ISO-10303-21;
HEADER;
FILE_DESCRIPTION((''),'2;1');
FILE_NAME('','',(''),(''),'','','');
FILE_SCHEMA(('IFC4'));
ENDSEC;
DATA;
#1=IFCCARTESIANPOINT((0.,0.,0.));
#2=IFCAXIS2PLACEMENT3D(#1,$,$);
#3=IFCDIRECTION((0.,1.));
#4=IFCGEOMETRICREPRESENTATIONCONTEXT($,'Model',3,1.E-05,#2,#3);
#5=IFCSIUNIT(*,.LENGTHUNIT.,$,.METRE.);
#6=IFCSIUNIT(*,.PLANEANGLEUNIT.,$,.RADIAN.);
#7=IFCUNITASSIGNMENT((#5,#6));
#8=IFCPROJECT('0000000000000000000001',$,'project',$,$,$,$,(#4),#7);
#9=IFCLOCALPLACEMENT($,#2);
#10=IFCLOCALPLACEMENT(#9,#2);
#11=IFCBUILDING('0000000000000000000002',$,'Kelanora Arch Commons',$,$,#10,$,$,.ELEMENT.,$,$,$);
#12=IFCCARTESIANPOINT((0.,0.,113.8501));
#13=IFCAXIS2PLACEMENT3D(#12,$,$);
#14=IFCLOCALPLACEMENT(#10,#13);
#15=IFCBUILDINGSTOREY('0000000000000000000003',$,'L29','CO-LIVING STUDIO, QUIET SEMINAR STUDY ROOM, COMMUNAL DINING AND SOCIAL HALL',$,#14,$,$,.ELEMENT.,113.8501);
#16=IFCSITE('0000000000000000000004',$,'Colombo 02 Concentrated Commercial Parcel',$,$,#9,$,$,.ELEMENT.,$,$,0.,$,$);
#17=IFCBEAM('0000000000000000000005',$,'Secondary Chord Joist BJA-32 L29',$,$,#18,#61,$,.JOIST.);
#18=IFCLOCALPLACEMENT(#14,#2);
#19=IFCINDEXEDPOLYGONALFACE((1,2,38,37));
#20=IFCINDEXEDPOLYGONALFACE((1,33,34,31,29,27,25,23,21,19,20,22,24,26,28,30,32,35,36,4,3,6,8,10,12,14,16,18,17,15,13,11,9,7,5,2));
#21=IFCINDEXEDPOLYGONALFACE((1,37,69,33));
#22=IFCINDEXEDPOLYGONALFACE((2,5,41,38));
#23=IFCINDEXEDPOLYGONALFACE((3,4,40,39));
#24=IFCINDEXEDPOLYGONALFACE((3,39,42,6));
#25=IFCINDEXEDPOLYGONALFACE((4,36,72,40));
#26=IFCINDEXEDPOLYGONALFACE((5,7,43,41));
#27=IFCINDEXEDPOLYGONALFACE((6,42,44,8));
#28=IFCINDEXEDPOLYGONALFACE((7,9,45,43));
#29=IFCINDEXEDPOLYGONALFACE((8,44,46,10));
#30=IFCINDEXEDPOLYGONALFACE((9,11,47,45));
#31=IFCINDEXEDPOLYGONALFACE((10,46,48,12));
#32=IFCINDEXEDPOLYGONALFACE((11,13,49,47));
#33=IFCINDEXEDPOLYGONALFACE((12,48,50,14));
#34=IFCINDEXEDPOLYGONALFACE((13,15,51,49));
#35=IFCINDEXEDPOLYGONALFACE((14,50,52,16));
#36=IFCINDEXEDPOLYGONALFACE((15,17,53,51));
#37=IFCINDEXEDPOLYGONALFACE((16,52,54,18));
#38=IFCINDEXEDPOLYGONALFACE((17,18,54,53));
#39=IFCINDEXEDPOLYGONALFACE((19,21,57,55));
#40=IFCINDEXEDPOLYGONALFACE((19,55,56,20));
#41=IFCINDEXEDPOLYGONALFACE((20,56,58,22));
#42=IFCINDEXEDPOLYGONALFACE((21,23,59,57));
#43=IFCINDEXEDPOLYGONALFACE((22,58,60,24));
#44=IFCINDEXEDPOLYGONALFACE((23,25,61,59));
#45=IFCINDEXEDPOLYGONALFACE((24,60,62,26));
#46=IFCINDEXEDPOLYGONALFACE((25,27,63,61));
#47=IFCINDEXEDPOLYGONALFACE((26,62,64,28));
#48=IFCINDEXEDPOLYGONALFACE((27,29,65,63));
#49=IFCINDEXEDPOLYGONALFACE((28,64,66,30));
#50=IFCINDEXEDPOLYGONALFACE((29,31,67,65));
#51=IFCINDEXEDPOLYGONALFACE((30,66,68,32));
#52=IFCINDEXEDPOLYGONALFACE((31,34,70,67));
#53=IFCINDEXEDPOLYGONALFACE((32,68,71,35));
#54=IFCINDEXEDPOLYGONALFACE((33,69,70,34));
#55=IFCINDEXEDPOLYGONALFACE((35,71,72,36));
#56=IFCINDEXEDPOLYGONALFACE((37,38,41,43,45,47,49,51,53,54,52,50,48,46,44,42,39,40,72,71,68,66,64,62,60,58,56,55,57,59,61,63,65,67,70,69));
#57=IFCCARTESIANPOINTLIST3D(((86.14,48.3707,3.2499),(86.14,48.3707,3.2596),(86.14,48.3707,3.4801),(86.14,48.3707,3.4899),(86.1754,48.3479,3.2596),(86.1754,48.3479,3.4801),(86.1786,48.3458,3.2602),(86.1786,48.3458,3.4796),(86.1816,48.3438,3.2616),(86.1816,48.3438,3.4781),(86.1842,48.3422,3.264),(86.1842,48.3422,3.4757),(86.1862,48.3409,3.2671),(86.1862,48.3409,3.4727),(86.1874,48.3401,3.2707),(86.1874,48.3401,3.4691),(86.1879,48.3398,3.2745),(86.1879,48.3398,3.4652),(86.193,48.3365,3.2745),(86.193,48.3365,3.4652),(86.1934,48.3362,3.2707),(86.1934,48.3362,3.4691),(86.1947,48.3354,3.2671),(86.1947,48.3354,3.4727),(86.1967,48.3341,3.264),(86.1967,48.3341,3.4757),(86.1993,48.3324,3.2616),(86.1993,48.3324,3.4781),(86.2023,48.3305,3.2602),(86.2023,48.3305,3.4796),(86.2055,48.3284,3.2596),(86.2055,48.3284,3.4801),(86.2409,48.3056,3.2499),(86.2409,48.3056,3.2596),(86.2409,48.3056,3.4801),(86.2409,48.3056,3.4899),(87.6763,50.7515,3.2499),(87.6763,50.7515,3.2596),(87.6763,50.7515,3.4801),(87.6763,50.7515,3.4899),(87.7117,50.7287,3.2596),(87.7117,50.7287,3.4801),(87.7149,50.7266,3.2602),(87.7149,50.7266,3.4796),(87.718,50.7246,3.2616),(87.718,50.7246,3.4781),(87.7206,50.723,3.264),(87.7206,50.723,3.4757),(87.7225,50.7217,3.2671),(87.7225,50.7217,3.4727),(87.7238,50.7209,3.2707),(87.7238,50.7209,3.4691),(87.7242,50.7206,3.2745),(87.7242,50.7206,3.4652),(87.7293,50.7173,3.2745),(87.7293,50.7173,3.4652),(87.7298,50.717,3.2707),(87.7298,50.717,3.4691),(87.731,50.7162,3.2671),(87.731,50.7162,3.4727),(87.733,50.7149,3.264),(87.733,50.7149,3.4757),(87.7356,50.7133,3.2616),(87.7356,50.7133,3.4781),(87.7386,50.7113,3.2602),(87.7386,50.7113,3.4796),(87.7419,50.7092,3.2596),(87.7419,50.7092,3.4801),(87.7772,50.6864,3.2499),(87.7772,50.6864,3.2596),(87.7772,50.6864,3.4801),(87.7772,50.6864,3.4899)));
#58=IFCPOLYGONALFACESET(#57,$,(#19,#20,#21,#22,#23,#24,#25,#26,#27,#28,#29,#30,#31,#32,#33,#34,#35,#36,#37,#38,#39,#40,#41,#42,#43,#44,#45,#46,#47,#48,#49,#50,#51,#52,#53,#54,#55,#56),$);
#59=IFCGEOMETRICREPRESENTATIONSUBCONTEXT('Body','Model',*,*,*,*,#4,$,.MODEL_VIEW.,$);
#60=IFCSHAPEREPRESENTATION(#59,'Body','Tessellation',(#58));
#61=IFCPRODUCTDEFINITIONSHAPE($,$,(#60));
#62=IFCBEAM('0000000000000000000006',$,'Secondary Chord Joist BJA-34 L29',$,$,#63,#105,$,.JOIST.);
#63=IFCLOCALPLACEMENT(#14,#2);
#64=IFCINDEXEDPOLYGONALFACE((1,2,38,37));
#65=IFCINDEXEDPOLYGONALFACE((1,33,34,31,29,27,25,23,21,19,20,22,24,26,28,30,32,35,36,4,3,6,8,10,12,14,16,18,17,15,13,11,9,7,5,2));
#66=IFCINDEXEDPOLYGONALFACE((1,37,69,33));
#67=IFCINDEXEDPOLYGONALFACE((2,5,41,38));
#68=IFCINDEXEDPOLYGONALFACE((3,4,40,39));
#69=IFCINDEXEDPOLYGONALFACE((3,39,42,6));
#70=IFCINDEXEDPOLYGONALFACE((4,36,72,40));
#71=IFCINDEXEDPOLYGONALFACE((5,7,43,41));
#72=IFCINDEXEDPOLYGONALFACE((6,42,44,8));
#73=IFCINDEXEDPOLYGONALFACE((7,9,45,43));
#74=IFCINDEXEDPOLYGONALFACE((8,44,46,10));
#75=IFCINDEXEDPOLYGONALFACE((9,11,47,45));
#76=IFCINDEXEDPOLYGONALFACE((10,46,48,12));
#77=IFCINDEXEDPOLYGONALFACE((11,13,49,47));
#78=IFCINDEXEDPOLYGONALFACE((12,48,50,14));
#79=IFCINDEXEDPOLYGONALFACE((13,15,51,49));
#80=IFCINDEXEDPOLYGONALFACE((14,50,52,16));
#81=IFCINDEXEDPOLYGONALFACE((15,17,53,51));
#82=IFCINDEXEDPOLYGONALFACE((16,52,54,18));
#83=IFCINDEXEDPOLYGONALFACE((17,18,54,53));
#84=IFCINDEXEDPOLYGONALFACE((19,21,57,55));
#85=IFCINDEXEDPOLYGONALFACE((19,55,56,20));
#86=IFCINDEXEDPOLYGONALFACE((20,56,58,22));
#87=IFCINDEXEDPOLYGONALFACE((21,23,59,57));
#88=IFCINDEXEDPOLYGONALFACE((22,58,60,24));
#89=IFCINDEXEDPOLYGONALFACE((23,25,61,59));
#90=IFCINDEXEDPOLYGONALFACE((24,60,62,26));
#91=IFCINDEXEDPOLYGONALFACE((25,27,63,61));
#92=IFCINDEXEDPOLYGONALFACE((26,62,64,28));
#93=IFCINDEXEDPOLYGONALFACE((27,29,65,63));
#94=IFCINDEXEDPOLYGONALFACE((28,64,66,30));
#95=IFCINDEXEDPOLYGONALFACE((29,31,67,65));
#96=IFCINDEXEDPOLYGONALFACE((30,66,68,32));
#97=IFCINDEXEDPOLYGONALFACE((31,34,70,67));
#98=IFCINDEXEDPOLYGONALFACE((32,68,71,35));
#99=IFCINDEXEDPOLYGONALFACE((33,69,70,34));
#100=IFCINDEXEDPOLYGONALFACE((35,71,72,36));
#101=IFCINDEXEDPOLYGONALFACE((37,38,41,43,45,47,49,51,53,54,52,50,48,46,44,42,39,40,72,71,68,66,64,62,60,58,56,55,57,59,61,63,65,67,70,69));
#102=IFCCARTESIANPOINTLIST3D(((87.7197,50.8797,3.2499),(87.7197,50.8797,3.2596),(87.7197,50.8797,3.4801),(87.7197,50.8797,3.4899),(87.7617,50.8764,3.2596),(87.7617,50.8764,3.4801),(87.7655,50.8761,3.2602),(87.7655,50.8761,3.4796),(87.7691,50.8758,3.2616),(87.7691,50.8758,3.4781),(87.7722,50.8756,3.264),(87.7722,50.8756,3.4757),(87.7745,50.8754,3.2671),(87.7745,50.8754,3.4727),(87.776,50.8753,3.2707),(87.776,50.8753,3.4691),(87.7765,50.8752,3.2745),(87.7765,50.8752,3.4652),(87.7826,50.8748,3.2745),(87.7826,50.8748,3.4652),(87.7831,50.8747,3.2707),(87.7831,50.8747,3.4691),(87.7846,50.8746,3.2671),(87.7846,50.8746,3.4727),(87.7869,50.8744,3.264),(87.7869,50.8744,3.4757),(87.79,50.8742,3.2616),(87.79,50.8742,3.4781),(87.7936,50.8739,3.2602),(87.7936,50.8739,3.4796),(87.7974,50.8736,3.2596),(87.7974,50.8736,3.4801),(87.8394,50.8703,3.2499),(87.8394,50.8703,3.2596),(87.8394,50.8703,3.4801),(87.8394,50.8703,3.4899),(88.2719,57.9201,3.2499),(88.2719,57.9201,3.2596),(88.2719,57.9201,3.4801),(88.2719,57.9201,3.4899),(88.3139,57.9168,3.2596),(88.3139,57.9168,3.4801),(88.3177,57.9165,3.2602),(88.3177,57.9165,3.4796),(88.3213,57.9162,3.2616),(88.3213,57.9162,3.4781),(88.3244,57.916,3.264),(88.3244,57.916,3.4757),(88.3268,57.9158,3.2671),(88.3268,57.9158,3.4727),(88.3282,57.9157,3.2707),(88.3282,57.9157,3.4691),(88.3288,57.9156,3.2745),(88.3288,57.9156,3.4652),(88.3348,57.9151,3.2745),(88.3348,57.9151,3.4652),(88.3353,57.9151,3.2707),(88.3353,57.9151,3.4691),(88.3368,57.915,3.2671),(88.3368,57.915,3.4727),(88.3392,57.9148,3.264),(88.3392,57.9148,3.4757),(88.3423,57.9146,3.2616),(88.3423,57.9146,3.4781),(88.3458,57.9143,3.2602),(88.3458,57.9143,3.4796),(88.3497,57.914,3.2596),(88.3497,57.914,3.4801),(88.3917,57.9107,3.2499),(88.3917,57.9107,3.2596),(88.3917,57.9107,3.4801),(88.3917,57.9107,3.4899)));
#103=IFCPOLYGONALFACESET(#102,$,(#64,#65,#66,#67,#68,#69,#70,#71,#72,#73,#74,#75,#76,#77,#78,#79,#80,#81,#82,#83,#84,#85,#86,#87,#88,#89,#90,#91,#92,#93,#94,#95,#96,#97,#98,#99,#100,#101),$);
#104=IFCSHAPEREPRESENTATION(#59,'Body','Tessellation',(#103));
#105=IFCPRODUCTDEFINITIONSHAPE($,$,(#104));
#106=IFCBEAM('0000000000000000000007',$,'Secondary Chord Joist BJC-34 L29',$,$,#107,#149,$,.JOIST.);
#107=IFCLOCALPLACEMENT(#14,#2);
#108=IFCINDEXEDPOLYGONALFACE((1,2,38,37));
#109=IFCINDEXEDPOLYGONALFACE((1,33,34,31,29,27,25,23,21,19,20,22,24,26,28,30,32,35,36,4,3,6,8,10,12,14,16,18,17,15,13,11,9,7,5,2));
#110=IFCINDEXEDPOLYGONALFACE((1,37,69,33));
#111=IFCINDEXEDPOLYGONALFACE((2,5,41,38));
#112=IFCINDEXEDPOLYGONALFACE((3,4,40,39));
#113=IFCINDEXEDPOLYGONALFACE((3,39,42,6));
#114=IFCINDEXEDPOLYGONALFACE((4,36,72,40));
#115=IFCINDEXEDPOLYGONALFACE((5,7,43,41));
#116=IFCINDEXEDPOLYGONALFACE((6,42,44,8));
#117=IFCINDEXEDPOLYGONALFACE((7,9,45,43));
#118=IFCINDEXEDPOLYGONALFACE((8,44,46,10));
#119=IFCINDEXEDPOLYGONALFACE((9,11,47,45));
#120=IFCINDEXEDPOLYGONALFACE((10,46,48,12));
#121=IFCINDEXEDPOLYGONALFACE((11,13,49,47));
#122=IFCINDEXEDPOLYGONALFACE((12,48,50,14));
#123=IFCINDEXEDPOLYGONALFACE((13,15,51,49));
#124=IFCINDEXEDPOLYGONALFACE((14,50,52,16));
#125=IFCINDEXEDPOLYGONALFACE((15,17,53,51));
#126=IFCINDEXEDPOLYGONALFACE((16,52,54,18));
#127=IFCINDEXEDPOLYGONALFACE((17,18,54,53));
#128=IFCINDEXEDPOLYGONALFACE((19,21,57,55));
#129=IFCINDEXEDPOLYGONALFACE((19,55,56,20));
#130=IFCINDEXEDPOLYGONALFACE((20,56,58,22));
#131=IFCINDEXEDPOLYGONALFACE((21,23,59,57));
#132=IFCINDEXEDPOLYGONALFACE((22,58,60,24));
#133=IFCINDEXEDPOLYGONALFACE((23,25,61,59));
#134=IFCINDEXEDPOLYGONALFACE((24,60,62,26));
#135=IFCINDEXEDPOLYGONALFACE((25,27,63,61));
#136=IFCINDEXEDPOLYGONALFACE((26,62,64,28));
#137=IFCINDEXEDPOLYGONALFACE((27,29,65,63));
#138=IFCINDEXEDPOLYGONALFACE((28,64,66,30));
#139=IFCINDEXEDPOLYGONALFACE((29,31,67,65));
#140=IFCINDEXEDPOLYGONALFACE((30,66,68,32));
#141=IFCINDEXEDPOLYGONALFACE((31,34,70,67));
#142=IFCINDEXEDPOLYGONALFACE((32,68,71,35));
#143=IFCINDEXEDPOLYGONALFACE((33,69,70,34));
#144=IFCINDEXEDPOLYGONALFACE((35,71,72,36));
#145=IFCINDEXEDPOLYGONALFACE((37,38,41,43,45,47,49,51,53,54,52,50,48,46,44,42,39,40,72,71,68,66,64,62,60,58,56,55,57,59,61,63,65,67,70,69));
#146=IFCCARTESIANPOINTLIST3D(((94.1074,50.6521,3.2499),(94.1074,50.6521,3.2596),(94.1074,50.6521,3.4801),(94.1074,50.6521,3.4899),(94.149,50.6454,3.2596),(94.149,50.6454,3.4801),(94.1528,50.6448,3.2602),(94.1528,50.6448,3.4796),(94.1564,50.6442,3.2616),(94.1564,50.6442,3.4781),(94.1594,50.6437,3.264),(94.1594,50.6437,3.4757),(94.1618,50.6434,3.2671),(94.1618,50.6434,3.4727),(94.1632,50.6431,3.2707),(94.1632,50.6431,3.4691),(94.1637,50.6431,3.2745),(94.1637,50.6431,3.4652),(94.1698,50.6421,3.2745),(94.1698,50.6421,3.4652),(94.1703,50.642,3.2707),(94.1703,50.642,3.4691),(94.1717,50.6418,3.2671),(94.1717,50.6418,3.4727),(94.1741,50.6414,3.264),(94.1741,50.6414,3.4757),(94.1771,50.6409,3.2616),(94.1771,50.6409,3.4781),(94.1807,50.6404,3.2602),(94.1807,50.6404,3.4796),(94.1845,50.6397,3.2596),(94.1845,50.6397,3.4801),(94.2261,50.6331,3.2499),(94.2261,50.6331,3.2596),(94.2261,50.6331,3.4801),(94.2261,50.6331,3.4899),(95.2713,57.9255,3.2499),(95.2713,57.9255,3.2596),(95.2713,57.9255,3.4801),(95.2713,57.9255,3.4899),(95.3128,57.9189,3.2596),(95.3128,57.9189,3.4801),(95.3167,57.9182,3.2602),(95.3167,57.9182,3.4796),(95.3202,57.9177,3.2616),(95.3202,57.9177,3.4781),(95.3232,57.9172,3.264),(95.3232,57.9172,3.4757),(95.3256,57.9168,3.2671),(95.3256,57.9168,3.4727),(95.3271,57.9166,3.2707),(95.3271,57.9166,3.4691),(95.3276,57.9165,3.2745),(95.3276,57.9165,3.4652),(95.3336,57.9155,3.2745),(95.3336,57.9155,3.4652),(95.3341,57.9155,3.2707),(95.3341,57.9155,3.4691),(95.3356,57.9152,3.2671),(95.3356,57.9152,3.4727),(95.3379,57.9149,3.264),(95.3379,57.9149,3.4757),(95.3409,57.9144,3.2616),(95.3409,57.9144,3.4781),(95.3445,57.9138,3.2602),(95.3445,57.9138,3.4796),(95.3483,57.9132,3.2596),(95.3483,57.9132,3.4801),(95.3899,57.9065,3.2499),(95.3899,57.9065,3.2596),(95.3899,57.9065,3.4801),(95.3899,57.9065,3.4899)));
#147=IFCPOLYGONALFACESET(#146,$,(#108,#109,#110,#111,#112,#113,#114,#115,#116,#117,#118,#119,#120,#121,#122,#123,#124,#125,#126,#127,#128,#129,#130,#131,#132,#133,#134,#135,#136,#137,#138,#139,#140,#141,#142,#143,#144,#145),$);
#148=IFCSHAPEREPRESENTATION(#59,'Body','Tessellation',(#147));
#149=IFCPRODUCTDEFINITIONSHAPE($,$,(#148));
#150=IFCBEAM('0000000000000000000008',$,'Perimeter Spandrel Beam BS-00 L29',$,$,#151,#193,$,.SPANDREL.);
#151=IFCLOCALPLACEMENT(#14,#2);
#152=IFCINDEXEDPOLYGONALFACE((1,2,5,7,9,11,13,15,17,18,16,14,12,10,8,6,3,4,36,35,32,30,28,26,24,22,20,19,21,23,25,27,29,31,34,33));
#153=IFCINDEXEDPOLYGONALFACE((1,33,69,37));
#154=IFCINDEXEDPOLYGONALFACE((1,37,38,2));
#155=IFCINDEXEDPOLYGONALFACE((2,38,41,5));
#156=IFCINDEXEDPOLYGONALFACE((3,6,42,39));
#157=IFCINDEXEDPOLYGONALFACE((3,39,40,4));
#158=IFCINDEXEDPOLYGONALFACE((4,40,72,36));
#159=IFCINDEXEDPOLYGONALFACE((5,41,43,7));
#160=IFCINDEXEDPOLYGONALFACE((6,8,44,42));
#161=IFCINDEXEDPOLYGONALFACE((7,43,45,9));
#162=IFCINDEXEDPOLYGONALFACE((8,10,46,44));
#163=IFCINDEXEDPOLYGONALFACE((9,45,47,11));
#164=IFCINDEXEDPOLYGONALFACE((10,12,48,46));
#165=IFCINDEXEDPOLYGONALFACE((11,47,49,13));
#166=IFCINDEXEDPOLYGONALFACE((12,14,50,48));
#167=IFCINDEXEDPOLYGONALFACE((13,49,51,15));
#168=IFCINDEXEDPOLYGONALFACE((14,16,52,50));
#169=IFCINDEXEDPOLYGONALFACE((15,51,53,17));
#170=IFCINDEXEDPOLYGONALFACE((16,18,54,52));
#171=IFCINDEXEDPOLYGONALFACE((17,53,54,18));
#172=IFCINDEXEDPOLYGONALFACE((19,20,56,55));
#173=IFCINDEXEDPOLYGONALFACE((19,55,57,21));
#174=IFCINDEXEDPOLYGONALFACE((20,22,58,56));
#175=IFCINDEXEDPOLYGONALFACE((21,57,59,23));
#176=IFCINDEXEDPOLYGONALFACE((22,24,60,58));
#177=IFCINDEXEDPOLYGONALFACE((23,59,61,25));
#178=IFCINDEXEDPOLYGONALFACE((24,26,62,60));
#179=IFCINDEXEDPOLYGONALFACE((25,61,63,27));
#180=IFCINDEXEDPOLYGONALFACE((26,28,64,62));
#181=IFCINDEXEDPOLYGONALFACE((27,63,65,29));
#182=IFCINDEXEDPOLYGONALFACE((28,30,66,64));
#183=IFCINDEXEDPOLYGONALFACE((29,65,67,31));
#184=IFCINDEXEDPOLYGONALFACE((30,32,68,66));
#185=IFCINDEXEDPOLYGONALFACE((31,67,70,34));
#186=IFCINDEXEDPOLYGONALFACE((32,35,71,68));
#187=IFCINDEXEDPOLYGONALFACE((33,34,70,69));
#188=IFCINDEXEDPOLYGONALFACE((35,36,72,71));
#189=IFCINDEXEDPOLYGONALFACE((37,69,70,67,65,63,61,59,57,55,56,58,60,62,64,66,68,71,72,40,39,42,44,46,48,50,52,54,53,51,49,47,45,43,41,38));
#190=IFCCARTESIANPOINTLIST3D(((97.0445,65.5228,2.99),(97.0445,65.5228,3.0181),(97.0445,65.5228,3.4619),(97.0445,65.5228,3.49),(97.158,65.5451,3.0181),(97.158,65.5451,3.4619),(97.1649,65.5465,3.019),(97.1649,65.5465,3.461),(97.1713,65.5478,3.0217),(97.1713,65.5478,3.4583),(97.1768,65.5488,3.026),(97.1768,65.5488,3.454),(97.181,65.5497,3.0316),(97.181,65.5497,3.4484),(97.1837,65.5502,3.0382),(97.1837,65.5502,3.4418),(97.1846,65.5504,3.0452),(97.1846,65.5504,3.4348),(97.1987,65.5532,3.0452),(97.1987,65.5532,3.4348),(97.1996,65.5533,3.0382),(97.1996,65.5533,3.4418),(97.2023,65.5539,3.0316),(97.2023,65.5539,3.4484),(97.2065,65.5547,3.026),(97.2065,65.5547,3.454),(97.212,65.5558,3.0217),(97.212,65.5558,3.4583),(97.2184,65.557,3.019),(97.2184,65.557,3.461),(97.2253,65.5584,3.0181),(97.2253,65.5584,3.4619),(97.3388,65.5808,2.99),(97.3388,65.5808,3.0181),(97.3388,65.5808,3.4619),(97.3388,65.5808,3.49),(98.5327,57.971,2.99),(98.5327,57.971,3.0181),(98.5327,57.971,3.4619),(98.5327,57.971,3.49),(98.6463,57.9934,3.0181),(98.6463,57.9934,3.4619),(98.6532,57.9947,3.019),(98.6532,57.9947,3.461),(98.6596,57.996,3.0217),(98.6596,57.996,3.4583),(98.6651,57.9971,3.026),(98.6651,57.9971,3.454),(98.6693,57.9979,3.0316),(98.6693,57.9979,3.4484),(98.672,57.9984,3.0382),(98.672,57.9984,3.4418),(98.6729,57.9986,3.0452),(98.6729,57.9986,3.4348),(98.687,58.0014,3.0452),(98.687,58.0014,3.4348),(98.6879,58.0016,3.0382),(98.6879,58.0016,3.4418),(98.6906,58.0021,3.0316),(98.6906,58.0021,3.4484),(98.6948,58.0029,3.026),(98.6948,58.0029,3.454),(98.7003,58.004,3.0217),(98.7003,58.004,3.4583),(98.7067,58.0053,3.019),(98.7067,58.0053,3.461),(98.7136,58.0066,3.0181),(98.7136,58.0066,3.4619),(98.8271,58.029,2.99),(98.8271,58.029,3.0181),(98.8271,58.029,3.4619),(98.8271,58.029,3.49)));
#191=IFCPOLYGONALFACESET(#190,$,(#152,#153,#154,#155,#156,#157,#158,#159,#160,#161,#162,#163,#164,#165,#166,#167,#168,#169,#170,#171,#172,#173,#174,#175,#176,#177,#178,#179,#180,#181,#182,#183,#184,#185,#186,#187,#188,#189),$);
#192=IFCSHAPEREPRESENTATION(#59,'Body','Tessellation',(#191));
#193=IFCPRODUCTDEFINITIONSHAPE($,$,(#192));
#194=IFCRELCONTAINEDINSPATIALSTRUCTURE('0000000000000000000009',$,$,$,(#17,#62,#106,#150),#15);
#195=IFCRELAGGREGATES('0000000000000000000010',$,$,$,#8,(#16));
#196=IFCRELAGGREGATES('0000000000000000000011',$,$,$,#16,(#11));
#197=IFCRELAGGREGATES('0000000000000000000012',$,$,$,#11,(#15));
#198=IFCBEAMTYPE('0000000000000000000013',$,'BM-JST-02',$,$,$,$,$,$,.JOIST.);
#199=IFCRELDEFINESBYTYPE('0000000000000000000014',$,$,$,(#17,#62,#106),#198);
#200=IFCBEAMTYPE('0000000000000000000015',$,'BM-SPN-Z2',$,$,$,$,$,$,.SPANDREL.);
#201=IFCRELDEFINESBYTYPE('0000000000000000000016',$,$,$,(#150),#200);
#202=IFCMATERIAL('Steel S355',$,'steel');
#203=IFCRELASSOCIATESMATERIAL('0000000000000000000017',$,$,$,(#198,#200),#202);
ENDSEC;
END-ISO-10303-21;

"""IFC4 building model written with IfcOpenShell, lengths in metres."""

from ifc_helpers import new_model, si_unit, direction, frame, origin, origin_2d, place, context, subcontext, project, spatial, i_section, extrude, material, material_profile, profile_set, type_object, element, save


model = new_model("IFC4")

# Units and contexts
model_context = context("Model", 3, precision=1e-05, world=origin(), true_north=direction((0.0, 1.0)))
body_context = subcontext(model_context, "Body", "Model", "MODEL_VIEW")
ifc_project = project(units=[si_unit("LENGTHUNIT", "METRE"), si_unit("PLANEANGLEUNIT", "RADIAN")], contexts=[model_context])

# Site, building, storey
site_placement = place(None, origin())
site = spatial("IfcSite", under=ifc_project, at=site_placement, Name="Colombo 02 Concentrated Commercial Parcel", CompositionType="ELEMENT", RefElevation=0.0)
building_placement = place(site_placement, origin())
building = spatial("IfcBuilding", under=site, at=building_placement, Name="Kelanora Arch Commons", CompositionType="ELEMENT")
storey_placement = place(building_placement, frame((0.0, 0.0, 113.8501)))
storey = spatial("IfcBuildingStorey", under=building, at=storey_placement, Name="L29", Description="CO-LIVING STUDIO, QUIET SEMINAR STUDY ROOM, COMMUNAL DINING AND SOCIAL HALL", CompositionType="ELEMENT", Elevation=113.8501)

# Beams
ifc_material_1 = material(Name="Steel S355", Category="steel")
ifc_material_profile_1 = material_profile(ifc_material_1, i_section(OverallWidth=0.1201, OverallDepth=0.24, WebThickness=0.0061, FlangeThickness=0.0098, FilletRadius=0.0149, at=origin_2d()), Name="IPE240")
ifc_profile_set_1 = profile_set([ifc_material_profile_1], Name="Steel S355")
beam_type_1 = type_object("IfcBeamType", Name="BM-JST-02", PredefinedType="JOIST", material=ifc_profile_set_1)
beam_1_placement = place(storey_placement, frame((86.1904, 48.3381, 3.3699), z_axis=(0.542211, 0.840242, 0.0), x_axis=(-0.840242, 0.542211, 0.0)))
element("IfcBeam", 1, at=beam_1_placement, inside=storey, type_object=beam_type_1, Name="Secondary Chord Joist BJA-32 L29", PredefinedType="JOIST", context=body_context, shape_type="SweptSolid", body=[
    extrude(i_section(OverallWidth=0.1201, OverallDepth=0.24, WebThickness=0.0061, FlangeThickness=0.0098, FilletRadius=0.0149, at=origin_2d()), origin(), (0.0, 0.0, 1.0), 2.8335),
])
beam_2_placement = place(storey_placement, frame((87.7795, 50.875, 3.3699), z_axis=(0.078201, 0.996938, 0.0), x_axis=(-0.996938, 0.078201, 0.0)))
element("IfcBeam", 2, at=beam_2_placement, inside=storey, type_object=beam_type_1, Name="Secondary Chord Joist BJA-34 L29", PredefinedType="JOIST", context=body_context, shape_type="SweptSolid", body=[
    extrude(i_section(OverallWidth=0.1201, OverallDepth=0.24, WebThickness=0.0061, FlangeThickness=0.0098, FilletRadius=0.0149, at=origin_2d()), origin(), (0.0, 0.0, 1.0), 7.062),
])
beam_3_placement = place(storey_placement, frame((94.1667, 50.6426, 3.3699), z_axis=(0.158, 0.987439, 0.0), x_axis=(-0.987439, 0.158, 0.0)))
element("IfcBeam", 3, at=beam_3_placement, inside=storey, type_object=beam_type_1, Name="Secondary Chord Joist BJC-34 L29", PredefinedType="JOIST", context=body_context, shape_type="SweptSolid", body=[
    extrude(i_section(OverallWidth=0.1201, OverallDepth=0.24, WebThickness=0.0061, FlangeThickness=0.0098, FilletRadius=0.0149, at=origin_2d()), origin(), (0.0, 0.0, 1.0), 7.366),
])
ifc_material_profile_2 = material_profile(ifc_material_1, i_section(OverallWidth=0.3, OverallDepth=0.5, WebThickness=0.0144, FlangeThickness=0.0281, FilletRadius=0.0271, at=origin_2d()), Name="HEB500")
ifc_profile_set_2 = profile_set([ifc_material_profile_2], Name="Steel S355")
beam_type_2 = type_object("IfcBeamType", Name="BM-SPN-Z2", PredefinedType="SPANDREL", material=ifc_profile_set_2)
for number, where, z_axis, x_axis, name in (
    (4, (98.6799, 58.0, 3.24), (-0.193358, 0.981128, 0.0), (-0.981128, -0.193358, 0.0), "Perimeter Spandrel Beam BS-00 L29"),
):
    element("IfcBeam", number, at=place(storey_placement, frame(where, z_axis=z_axis, x_axis=x_axis)), inside=storey, type_object=beam_type_2, Name=name, PredefinedType="SPANDREL", context=body_context, shape_type="SweptSolid", body=[
        extrude(i_section(OverallWidth=0.3, OverallDepth=0.5, WebThickness=0.0144, FlangeThickness=0.0281, FilletRadius=0.0271, at=origin_2d()), origin(), (0.0, 0.0, 1.0), 7.697),
    ])

save(model, "model.ifc")
